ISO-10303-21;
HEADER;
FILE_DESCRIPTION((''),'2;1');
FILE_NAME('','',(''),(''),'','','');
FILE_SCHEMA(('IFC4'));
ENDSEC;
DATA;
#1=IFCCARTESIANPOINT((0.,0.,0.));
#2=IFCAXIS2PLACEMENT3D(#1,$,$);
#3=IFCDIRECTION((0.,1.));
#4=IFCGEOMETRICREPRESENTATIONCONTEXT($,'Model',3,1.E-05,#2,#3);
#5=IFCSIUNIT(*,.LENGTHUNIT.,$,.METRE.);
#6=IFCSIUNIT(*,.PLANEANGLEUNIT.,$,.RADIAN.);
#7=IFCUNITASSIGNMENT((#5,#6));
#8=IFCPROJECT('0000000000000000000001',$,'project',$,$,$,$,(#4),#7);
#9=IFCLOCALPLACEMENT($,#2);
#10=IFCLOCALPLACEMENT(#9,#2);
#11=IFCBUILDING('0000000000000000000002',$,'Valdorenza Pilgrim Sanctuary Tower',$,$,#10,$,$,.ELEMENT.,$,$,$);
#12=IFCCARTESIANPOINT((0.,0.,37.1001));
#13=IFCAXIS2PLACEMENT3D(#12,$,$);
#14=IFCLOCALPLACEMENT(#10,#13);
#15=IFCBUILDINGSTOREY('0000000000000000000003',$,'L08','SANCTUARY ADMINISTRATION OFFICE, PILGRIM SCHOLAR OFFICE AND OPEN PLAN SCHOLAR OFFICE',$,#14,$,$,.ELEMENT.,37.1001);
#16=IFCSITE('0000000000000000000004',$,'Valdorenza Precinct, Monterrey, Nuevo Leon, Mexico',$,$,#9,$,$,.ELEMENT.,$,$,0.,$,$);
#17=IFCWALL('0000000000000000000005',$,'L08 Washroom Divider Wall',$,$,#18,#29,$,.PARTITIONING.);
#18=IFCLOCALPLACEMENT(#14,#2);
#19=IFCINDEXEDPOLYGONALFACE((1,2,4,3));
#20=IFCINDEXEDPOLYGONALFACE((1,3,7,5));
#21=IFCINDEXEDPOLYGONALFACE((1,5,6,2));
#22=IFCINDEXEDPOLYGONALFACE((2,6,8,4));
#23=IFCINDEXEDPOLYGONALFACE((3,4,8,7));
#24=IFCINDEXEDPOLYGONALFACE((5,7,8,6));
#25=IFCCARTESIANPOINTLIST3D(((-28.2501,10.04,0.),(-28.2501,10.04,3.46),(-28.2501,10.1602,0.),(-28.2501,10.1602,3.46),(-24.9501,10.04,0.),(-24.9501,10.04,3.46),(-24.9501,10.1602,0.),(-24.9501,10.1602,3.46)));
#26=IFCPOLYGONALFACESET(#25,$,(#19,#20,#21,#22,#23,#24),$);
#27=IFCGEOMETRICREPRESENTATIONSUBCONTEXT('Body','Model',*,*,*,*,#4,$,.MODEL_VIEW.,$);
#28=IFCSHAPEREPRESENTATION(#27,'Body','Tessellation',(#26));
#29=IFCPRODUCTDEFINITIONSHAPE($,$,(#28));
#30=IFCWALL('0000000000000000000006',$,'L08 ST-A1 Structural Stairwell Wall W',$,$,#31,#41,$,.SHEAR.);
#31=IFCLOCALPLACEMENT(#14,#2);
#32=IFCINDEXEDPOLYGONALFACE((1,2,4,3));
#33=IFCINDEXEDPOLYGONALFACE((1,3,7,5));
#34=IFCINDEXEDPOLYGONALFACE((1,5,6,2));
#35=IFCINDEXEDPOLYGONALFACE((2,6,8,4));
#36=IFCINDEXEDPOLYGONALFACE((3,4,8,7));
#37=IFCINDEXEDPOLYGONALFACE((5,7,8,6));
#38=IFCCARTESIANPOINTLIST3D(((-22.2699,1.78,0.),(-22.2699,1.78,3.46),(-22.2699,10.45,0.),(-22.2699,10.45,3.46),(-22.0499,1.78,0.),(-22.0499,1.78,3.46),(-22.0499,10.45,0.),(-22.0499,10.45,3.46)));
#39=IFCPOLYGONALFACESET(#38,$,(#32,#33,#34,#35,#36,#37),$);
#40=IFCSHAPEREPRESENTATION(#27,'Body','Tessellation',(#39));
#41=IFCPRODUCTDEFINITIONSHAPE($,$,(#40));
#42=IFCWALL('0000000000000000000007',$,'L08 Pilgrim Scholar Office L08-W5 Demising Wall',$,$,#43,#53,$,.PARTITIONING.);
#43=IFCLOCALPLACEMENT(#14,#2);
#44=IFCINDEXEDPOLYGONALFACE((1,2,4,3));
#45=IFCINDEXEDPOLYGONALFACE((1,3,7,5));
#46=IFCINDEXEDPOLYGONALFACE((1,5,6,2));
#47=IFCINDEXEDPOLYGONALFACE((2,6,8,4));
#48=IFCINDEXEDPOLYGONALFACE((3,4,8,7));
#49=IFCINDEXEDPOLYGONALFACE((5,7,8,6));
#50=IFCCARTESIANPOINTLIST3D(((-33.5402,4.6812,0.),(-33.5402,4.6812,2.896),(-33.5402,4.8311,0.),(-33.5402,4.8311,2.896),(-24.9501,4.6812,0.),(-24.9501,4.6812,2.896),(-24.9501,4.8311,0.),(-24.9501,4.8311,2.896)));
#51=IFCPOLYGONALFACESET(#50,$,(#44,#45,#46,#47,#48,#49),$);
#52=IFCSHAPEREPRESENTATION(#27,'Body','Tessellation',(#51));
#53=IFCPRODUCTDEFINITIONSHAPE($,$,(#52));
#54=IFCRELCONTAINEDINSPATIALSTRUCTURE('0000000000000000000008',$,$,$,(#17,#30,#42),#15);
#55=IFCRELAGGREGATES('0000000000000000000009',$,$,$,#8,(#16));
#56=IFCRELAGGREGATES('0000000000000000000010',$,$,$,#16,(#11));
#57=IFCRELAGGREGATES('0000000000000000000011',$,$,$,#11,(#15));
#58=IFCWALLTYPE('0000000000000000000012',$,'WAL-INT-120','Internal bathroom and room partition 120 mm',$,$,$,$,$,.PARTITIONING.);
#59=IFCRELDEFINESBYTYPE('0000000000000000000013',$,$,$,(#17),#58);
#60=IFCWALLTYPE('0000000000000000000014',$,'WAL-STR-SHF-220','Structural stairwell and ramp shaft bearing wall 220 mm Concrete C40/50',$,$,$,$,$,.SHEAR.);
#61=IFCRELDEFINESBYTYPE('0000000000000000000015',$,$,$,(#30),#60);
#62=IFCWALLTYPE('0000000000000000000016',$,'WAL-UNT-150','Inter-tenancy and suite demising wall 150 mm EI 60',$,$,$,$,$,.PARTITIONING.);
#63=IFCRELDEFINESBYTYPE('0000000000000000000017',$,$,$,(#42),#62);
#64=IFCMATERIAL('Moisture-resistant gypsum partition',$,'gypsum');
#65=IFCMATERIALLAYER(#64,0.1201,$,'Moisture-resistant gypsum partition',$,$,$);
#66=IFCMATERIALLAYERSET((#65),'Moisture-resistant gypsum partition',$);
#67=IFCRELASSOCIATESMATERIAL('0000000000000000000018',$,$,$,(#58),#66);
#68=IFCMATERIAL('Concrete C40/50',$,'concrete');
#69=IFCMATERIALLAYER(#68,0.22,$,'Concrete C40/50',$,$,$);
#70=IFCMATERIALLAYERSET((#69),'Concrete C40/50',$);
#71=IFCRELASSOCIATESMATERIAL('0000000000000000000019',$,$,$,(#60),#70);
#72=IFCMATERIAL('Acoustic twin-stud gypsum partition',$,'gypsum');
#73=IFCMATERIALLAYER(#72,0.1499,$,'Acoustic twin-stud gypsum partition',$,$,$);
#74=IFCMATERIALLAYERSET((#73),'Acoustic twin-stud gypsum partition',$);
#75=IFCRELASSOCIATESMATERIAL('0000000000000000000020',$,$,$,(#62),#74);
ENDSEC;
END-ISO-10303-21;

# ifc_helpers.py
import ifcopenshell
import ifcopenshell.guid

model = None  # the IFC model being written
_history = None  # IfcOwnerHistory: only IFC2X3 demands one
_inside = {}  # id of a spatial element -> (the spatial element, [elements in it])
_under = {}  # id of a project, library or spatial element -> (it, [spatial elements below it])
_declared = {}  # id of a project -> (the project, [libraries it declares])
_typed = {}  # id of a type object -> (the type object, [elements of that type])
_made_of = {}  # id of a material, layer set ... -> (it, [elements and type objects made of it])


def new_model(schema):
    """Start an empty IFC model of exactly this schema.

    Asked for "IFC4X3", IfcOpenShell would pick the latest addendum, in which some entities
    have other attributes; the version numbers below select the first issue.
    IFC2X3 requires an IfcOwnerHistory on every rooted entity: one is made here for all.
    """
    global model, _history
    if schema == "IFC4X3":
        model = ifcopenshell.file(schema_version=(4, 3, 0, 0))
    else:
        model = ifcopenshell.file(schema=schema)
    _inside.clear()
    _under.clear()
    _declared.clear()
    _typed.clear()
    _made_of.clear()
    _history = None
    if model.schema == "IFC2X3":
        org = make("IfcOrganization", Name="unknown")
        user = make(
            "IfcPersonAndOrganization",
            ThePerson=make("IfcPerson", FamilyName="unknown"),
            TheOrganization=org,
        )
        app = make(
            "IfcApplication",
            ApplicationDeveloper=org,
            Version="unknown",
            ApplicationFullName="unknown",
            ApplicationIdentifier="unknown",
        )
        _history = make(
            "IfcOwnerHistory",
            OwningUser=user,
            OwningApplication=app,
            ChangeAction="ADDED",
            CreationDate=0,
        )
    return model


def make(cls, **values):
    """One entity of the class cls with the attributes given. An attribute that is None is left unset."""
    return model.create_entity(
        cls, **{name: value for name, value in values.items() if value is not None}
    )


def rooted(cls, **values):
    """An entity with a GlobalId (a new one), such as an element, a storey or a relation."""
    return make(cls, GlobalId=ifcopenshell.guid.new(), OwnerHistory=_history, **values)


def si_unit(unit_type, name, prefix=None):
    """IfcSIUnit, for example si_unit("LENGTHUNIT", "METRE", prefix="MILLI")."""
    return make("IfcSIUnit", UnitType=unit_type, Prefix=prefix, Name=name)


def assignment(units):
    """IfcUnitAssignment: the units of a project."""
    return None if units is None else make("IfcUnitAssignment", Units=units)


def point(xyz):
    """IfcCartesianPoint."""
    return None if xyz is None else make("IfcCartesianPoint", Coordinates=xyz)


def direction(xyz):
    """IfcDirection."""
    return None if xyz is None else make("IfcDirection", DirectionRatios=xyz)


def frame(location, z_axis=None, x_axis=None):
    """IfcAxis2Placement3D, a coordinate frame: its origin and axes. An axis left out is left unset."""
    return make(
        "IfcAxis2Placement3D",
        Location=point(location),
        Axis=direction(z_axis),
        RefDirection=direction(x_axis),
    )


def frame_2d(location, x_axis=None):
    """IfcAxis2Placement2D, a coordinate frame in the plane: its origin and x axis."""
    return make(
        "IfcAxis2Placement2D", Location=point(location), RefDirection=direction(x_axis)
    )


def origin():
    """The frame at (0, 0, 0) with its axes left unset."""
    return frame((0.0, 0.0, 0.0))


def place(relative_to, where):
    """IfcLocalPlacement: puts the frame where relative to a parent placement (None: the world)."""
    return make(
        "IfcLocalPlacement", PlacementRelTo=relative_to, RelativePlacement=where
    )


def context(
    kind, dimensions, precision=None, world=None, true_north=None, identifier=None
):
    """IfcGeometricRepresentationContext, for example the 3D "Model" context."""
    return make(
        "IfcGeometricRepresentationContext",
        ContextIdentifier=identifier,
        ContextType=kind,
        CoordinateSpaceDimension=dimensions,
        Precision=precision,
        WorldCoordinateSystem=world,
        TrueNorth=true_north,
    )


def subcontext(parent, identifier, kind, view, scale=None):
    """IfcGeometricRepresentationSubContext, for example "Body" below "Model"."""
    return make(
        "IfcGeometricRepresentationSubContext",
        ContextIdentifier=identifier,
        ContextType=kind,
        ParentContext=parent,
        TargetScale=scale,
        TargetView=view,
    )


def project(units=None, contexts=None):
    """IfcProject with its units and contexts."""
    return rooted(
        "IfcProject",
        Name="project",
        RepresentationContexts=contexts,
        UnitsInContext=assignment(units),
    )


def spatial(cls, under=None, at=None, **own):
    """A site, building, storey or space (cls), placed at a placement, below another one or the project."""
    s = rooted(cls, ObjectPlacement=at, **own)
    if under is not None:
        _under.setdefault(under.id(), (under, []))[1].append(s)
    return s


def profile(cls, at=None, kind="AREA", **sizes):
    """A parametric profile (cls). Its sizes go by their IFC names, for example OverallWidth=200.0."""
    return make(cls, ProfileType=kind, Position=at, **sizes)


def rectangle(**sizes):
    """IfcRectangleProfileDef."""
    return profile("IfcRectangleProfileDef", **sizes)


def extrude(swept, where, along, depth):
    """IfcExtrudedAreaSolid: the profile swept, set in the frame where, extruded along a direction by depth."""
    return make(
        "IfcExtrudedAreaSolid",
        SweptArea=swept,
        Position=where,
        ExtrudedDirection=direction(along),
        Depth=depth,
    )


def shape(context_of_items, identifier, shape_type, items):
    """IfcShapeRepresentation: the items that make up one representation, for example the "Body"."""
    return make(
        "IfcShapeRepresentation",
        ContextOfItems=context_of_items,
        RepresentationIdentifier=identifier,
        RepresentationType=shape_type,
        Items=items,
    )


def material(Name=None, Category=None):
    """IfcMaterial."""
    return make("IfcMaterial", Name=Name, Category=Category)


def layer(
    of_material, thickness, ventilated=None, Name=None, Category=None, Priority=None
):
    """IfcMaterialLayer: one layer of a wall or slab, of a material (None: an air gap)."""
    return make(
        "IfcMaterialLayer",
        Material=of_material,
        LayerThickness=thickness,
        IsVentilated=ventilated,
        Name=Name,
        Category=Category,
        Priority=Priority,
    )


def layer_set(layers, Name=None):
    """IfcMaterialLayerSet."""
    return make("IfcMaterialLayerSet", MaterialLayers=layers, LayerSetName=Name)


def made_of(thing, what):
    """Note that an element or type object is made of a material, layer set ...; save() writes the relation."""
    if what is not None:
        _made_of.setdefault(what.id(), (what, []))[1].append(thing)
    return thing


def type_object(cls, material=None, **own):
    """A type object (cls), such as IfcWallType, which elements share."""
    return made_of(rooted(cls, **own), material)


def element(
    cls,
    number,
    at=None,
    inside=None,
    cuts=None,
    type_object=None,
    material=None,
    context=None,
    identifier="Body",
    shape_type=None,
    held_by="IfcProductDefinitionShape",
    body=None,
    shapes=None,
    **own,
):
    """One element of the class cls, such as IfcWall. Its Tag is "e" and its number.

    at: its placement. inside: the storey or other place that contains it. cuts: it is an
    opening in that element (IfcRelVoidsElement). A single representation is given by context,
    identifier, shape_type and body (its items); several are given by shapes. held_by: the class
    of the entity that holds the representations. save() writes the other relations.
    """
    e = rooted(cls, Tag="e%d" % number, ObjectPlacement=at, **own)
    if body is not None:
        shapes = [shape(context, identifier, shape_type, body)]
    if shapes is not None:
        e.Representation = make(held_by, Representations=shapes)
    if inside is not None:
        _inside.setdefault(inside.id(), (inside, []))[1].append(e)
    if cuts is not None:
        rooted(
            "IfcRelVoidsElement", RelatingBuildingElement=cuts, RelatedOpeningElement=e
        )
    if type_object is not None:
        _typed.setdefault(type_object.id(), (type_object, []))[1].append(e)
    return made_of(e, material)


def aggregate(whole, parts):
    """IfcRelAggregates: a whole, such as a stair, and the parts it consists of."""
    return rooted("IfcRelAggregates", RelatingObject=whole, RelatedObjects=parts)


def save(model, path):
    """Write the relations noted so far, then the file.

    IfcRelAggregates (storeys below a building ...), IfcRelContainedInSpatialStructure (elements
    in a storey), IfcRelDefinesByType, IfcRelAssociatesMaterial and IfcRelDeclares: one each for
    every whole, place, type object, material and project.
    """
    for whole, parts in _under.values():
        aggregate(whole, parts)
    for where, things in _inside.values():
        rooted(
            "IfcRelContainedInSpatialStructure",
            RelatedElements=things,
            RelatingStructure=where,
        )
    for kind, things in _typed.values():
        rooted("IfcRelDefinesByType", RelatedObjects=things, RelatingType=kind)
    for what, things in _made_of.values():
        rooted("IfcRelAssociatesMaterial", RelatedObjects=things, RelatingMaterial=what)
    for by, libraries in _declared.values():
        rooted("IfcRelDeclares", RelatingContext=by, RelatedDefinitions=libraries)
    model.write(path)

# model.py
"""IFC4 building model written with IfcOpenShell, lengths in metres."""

from ifc_helpers import new_model, si_unit, direction, frame, frame_2d, origin, place, context, subcontext, project, spatial, rectangle, extrude, material, layer, layer_set, type_object, element, save


model = new_model("IFC4")

# Units and contexts
model_context = context("Model", 3, precision=1e-05, world=origin(), true_north=direction((0.0, 1.0)))
body_context = subcontext(model_context, "Body", "Model", "MODEL_VIEW")
ifc_project = project(units=[si_unit("LENGTHUNIT", "METRE"), si_unit("PLANEANGLEUNIT", "RADIAN")], contexts=[model_context])

# Site, building, storey
site_placement = place(None, origin())
site = spatial("IfcSite", under=ifc_project, at=site_placement, Name="Valdorenza Precinct, Monterrey, Nuevo Leon, Mexico", CompositionType="ELEMENT", RefElevation=0.0)
building_placement = place(site_placement, origin())
building = spatial("IfcBuilding", under=site, at=building_placement, Name="Valdorenza Pilgrim Sanctuary Tower", CompositionType="ELEMENT")
storey_placement = place(building_placement, frame((0.0, 0.0, 37.1001)))
storey = spatial("IfcBuildingStorey", under=building, at=storey_placement, Name="L08", Description="SANCTUARY ADMINISTRATION OFFICE, PILGRIM SCHOLAR OFFICE AND OPEN PLAN SCHOLAR OFFICE", CompositionType="ELEMENT", Elevation=37.1001)

# Shared definitions
ifc_material_1 = material(Name="Acoustic twin-stud gypsum partition", Category="gypsum")

# Walls
ifc_material_2 = material(Name="Moisture-resistant gypsum partition", Category="gypsum")
ifc_layer_1 = layer(ifc_material_2, 0.1201, Name="Moisture-resistant gypsum partition")
ifc_layer_set_1 = layer_set([ifc_layer_1], Name="Moisture-resistant gypsum partition")
wall_type_1 = type_object("IfcWallType", Name="WAL-INT-120", Description="Internal bathroom and room partition 120 mm", PredefinedType="PARTITIONING", material=ifc_layer_set_1)
wall_1_placement = place(storey_placement, frame((-28.25, 10.1001, 0.0), z_axis=(0.0, 0.0, 1.0), x_axis=(1.0, 0.0, 0.0)))
element("IfcWall", 1, at=wall_1_placement, inside=storey, type_object=wall_type_1, Name="L08 Washroom Divider Wall", PredefinedType="PARTITIONING", context=body_context, shape_type="SweptSolid", body=[
    extrude(rectangle(XDim=3.3, YDim=0.1201, at=frame_2d((1.6499, 0.0))), origin(), (0.0, 0.0, 1.0), 3.46),
])
ifc_material_3 = material(Name="Concrete C40/50", Category="concrete")
ifc_layer_2 = layer(ifc_material_3, 0.22, Name="Concrete C40/50")
ifc_layer_set_2 = layer_set([ifc_layer_2], Name="Concrete C40/50")
wall_type_2 = type_object("IfcWallType", Name="WAL-STR-SHF-220", Description="Structural stairwell and ramp shaft bearing wall 220 mm Concrete C40/50", PredefinedType="SHEAR", material=ifc_layer_set_2)
wall_2_placement = place(storey_placement, frame((-22.1599, 1.78, 0.0), z_axis=(0.0, 0.0, 1.0), x_axis=(0.0, 1.0, 0.0)))
element("IfcWall", 2, at=wall_2_placement, inside=storey, type_object=wall_type_2, Name="L08 ST-A1 Structural Stairwell Wall W", PredefinedType="SHEAR", context=body_context, shape_type="SweptSolid", body=[
    extrude(rectangle(XDim=8.6699, YDim=0.22, at=frame_2d((4.335, 0.0))), origin(), (0.0, 0.0, 1.0), 3.46),
])
ifc_layer_3 = layer(ifc_material_1, 0.1499, Name="Acoustic twin-stud gypsum partition")
ifc_layer_set_3 = layer_set([ifc_layer_3], Name="Acoustic twin-stud gypsum partition")
wall_type_3 = type_object("IfcWallType", Name="WAL-UNT-150", Description="Inter-tenancy and suite demising wall 150 mm EI 60", PredefinedType="PARTITIONING", material=ifc_layer_set_3)
wall_3_placement = place(storey_placement, frame((-33.54, 4.7561, 0.0), z_axis=(0.0, 0.0, 1.0), x_axis=(1.0, 0.0, 0.0)))
element("IfcWall", 3, at=wall_3_placement, inside=storey, type_object=wall_type_3, Name="L08 Pilgrim Scholar Office L08-W5 Demising Wall", PredefinedType="PARTITIONING", context=body_context, shape_type="SweptSolid", body=[
    extrude(rectangle(XDim=8.5901, YDim=0.1499, at=frame_2d((4.2949, 0.0))), origin(), (0.0, 0.0, 1.0), 2.896),
])

save(model, "model.ifc")
